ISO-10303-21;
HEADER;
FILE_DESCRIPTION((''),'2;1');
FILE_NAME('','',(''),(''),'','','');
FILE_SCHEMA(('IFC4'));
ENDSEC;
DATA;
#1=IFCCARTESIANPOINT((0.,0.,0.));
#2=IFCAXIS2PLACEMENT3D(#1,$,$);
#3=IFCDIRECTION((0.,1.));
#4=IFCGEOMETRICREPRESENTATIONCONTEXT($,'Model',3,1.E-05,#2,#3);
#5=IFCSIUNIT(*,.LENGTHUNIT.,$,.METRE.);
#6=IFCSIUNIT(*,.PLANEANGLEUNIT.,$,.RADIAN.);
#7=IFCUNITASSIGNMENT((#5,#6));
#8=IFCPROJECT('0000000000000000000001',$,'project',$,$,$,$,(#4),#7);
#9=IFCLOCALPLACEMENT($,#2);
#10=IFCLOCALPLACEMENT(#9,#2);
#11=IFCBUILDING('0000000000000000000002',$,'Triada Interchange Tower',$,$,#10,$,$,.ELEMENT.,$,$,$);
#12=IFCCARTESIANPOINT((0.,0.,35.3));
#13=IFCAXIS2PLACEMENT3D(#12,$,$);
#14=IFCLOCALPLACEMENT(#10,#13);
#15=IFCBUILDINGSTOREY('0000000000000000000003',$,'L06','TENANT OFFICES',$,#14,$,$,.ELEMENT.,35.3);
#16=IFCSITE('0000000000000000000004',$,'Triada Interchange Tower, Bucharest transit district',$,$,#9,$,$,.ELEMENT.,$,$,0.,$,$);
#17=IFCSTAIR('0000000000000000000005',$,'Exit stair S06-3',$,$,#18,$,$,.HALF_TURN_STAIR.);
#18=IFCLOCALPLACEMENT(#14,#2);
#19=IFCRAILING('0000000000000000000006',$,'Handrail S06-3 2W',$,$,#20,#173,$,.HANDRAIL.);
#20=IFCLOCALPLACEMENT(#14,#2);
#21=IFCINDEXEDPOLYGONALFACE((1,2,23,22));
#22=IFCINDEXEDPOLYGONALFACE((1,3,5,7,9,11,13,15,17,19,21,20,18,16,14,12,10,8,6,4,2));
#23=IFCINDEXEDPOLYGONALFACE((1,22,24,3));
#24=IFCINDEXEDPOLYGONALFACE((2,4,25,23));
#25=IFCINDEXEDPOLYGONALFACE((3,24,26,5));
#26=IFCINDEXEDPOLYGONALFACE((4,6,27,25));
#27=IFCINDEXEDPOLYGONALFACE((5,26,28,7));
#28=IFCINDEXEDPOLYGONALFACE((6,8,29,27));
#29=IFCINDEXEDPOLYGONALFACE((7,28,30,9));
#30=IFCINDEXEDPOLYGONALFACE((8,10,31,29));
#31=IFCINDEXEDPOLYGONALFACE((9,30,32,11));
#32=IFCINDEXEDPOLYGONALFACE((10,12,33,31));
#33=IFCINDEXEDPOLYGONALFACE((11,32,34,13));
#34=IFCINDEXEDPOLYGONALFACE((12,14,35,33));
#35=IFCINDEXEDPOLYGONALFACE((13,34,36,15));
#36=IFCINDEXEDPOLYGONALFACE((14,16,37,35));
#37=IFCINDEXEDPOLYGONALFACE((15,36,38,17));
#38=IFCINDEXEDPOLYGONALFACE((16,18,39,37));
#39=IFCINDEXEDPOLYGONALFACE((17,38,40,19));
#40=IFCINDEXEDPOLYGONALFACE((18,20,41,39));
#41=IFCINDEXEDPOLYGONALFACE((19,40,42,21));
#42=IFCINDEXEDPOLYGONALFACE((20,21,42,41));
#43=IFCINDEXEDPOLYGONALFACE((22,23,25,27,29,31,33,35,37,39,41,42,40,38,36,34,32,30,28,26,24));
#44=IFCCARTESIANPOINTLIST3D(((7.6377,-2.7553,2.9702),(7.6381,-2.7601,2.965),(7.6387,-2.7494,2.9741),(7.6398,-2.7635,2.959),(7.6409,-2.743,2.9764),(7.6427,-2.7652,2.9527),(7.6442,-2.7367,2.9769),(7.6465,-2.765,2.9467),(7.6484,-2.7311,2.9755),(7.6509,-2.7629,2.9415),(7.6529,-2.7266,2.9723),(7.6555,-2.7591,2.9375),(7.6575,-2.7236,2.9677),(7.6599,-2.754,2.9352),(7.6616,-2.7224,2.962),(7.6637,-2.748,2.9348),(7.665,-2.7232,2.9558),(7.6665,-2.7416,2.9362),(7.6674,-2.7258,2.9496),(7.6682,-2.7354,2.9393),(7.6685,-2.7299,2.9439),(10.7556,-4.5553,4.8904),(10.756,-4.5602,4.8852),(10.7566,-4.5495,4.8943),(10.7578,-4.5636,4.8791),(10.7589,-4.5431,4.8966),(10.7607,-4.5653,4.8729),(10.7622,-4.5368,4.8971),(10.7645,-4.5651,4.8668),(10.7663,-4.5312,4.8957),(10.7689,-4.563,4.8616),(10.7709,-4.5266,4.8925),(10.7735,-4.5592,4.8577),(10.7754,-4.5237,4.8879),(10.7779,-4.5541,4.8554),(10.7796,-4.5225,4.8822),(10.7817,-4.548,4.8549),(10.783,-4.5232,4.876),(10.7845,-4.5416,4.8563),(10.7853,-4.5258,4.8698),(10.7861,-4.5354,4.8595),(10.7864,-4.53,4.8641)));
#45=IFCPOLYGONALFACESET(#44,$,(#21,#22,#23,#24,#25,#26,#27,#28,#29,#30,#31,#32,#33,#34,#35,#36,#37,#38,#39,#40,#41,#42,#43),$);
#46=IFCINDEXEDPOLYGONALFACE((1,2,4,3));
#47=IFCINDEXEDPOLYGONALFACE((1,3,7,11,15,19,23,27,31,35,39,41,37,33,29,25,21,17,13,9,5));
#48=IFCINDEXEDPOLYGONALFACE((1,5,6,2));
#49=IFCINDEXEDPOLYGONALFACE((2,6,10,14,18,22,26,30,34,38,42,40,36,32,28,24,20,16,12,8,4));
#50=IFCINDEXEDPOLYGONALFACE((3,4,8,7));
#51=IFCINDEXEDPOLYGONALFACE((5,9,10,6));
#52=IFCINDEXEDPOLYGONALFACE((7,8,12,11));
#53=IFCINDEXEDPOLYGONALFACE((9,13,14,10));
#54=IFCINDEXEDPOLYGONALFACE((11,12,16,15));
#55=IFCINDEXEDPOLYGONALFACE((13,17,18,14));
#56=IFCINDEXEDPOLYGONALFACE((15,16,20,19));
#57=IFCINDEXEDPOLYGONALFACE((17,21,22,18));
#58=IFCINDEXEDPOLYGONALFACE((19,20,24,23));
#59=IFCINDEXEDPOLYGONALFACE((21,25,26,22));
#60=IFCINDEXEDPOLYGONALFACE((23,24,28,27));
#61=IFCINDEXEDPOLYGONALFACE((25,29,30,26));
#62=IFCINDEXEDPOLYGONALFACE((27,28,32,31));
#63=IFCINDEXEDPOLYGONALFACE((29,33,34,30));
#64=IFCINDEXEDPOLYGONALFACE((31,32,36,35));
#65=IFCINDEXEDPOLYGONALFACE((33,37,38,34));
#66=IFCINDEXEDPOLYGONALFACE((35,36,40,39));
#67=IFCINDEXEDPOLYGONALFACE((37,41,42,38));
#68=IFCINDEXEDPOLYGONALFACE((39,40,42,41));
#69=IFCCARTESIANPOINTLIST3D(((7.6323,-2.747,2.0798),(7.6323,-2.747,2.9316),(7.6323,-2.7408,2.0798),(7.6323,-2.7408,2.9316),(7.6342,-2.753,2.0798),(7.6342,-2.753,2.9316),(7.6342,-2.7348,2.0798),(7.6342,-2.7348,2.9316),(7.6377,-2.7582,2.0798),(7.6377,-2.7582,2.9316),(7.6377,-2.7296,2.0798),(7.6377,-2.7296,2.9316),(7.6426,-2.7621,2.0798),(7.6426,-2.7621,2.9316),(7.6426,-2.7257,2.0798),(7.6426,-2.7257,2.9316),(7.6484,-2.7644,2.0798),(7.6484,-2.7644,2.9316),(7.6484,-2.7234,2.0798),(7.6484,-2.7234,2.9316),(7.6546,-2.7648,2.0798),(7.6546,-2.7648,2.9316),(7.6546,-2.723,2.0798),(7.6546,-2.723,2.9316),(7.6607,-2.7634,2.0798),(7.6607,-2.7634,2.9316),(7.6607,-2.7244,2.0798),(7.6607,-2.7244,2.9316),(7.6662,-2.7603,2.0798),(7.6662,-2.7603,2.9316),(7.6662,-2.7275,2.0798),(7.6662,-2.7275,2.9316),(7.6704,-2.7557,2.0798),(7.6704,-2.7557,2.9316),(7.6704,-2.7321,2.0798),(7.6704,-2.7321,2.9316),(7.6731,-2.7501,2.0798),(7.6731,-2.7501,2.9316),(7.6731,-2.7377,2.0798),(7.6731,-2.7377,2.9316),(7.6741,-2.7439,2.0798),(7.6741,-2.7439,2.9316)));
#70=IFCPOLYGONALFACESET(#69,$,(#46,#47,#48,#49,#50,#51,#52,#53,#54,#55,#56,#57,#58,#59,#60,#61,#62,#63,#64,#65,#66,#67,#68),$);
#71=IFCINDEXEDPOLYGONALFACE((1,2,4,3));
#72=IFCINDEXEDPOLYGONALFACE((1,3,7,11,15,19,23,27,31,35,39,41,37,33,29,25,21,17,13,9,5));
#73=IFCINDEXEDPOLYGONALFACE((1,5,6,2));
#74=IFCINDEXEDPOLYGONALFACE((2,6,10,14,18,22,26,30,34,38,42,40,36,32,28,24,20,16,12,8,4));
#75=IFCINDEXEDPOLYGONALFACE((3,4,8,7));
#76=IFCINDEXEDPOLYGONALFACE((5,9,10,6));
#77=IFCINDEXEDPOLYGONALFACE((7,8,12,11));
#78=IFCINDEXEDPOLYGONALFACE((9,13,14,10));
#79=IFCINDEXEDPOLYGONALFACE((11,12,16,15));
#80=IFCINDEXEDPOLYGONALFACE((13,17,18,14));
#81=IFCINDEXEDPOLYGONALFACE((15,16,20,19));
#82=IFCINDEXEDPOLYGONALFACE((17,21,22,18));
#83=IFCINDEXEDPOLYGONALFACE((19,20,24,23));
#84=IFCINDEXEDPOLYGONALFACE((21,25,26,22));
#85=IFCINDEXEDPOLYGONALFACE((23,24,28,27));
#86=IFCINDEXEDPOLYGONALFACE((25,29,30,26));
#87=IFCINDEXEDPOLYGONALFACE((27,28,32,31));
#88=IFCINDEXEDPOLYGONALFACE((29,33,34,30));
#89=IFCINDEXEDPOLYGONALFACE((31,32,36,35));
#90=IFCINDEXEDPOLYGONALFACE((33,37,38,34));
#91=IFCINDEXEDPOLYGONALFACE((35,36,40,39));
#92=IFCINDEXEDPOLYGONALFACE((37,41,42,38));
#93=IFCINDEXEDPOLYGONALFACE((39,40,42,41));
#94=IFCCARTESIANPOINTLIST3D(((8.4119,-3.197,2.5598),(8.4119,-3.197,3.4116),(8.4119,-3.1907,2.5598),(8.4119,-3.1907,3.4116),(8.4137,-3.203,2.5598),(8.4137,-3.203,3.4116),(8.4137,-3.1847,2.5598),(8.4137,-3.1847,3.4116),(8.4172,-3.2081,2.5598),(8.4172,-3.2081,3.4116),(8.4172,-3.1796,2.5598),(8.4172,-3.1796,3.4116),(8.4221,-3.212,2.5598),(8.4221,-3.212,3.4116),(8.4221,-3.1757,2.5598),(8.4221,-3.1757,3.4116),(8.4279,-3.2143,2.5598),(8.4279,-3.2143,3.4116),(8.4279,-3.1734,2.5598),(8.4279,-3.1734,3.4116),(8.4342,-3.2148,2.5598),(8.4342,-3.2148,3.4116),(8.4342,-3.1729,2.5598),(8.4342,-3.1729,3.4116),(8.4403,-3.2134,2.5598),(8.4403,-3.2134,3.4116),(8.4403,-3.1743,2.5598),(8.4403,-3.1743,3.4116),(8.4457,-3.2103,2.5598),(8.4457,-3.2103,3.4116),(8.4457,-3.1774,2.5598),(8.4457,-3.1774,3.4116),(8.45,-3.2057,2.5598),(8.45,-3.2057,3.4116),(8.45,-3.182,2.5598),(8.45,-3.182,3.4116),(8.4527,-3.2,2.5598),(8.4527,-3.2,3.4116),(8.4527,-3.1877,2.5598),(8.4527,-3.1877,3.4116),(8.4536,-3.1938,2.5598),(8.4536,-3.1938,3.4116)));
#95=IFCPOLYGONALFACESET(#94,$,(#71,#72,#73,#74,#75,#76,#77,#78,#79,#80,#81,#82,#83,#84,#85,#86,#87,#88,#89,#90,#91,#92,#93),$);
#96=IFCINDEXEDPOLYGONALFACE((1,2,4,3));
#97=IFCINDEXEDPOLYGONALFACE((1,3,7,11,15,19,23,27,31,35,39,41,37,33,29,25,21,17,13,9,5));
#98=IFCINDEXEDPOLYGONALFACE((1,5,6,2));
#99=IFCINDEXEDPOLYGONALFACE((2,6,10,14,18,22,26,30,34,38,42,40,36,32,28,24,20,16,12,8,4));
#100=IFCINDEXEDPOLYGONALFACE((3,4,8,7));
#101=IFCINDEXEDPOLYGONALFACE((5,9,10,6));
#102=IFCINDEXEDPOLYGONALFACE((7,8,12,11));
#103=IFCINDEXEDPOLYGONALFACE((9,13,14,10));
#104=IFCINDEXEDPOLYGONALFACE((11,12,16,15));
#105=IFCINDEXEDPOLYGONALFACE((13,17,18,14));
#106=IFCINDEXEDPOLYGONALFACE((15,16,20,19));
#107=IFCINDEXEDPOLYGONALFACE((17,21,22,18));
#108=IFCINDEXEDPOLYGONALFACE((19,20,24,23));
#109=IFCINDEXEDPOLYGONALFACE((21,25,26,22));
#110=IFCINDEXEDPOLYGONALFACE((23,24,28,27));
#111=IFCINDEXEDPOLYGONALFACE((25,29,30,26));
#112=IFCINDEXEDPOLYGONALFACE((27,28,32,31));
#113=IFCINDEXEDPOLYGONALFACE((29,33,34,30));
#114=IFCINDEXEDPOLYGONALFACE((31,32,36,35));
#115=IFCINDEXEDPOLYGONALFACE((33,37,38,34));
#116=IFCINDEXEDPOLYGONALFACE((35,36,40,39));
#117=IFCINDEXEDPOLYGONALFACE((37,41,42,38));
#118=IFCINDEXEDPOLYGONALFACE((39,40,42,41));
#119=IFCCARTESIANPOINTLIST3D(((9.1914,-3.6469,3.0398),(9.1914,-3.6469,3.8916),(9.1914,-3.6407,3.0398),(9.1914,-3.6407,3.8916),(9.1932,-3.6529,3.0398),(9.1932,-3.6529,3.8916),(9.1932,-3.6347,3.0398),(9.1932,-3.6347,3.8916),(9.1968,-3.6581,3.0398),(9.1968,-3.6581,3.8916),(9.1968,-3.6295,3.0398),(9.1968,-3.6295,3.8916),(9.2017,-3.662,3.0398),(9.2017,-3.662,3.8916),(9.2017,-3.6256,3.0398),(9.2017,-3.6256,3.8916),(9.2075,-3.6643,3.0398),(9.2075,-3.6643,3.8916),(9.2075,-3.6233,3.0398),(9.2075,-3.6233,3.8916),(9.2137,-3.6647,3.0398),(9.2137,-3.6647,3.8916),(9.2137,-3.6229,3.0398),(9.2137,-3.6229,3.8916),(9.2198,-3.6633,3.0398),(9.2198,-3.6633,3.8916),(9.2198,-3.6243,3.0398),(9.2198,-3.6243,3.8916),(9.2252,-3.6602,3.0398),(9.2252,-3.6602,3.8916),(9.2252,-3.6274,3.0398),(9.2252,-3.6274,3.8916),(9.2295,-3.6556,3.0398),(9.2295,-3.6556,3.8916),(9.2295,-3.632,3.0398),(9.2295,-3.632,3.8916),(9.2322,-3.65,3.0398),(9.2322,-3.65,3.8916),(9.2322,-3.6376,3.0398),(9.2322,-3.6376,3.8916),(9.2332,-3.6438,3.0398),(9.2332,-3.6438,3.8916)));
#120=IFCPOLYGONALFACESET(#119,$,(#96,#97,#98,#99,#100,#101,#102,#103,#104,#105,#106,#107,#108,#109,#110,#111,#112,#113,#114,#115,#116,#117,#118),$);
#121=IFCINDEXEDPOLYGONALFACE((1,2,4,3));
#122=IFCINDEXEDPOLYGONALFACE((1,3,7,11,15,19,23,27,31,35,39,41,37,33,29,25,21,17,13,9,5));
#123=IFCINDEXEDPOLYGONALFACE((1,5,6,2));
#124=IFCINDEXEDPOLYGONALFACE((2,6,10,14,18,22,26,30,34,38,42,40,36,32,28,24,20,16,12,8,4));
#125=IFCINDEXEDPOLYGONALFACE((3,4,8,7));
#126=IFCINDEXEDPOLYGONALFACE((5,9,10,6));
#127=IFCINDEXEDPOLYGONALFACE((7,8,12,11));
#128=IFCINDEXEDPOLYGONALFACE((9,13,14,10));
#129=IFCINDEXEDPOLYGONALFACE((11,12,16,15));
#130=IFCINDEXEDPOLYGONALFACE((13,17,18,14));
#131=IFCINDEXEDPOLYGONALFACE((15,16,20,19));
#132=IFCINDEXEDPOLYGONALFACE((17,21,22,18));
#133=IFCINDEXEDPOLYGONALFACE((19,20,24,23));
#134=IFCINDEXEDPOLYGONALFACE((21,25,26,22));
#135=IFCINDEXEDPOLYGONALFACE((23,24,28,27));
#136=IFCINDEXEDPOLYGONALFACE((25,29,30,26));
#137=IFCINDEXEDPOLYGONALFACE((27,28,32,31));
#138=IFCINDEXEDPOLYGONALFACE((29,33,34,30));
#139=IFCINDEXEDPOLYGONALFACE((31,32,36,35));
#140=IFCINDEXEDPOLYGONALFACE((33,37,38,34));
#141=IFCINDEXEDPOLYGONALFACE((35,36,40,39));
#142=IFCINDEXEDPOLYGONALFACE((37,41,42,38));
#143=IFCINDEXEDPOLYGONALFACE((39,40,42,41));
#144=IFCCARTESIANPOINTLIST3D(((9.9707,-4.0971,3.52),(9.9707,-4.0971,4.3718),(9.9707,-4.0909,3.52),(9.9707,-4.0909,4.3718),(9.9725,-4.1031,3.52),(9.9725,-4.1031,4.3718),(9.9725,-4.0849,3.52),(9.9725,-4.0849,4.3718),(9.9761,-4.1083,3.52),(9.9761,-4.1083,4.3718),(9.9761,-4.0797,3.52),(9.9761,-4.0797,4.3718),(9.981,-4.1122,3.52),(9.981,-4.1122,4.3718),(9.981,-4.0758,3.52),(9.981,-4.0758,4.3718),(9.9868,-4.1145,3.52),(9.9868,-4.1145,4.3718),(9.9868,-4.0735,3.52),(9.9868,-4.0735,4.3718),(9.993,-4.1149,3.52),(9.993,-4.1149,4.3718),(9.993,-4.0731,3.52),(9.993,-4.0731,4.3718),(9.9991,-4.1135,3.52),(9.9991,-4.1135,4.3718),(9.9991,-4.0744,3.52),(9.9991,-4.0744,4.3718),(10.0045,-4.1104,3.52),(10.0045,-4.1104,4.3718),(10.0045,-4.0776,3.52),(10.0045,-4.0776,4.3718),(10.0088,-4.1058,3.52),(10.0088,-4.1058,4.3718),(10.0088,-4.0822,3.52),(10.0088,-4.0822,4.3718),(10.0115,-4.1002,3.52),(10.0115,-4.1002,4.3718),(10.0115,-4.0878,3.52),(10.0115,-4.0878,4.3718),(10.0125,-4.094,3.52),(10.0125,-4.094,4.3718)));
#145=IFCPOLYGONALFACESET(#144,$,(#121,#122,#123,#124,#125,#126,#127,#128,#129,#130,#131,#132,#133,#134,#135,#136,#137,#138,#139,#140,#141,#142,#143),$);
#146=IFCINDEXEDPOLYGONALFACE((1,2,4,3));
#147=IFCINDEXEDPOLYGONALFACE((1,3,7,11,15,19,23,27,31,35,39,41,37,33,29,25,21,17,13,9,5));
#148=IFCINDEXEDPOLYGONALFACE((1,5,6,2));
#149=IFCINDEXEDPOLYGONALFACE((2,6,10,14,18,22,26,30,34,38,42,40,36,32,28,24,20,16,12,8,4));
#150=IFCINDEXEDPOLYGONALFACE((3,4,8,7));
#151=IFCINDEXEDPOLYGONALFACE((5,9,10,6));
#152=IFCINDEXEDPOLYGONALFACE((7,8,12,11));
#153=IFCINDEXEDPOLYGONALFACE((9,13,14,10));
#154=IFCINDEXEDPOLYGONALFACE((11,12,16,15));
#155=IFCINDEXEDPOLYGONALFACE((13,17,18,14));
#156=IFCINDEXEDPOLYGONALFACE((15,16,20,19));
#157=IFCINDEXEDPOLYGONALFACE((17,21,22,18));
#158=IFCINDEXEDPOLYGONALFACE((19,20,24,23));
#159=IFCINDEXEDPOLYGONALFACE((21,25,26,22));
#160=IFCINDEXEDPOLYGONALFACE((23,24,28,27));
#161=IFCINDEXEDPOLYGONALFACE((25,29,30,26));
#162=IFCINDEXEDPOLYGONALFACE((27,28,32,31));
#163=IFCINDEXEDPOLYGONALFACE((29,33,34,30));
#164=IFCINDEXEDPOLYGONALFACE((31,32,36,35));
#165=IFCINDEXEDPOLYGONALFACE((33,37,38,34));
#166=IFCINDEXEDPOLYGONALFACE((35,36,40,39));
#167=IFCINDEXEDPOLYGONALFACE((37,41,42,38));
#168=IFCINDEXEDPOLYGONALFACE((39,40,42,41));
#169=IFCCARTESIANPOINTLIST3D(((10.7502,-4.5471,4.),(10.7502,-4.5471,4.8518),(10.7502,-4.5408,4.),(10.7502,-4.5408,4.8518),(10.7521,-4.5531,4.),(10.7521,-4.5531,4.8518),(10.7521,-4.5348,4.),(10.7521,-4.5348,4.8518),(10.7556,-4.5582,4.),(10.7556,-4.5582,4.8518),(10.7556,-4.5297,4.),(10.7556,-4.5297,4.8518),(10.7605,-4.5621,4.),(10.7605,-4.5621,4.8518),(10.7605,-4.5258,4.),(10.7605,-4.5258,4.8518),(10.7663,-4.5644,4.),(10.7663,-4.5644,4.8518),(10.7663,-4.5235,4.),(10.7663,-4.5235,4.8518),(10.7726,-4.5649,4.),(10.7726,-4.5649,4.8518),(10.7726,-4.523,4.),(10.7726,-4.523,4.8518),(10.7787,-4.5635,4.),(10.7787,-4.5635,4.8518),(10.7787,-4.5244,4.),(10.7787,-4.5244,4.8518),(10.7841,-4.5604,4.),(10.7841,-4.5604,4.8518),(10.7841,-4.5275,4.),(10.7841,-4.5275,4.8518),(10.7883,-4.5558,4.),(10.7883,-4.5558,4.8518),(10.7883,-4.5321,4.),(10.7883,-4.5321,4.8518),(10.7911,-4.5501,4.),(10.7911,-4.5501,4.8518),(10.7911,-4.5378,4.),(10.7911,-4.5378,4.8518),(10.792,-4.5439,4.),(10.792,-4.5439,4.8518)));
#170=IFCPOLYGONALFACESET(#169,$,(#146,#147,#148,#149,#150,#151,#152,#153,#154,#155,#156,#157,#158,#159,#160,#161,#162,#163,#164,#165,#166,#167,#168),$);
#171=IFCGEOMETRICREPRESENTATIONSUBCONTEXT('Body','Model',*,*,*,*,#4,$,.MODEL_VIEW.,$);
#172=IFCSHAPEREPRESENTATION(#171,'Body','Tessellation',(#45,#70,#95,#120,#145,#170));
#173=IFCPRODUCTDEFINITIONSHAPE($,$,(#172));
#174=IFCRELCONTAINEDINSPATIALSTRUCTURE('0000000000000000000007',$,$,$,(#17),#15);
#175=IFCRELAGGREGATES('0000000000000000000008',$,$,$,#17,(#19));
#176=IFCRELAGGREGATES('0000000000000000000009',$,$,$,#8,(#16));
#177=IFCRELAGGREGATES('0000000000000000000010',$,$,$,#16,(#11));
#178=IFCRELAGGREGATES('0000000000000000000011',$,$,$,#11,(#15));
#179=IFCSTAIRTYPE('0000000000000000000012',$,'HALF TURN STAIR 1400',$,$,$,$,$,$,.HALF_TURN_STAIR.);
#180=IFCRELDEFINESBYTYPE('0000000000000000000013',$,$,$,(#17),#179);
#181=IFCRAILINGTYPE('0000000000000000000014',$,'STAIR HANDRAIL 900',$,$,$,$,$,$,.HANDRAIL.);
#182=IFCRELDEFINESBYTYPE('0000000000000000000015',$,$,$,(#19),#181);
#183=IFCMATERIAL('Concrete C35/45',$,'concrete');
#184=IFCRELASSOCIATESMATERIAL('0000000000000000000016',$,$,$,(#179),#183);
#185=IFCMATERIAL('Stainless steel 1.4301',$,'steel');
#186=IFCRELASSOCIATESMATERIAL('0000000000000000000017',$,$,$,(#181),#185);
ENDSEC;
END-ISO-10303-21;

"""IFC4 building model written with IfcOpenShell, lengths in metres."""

from ifc_helpers import new_model, si_unit, direction, frame, origin, origin_2d, place, context, subcontext, project, spatial, circle, extrude, material, type_object, element, aggregate, save


model = new_model("IFC4")

# Units and contexts
model_context = context("Model", 3, precision=1e-05, world=origin(), true_north=direction((0.0, 1.0)))
body_context = subcontext(model_context, "Body", "Model", "MODEL_VIEW")
ifc_project = project(units=[si_unit("LENGTHUNIT", "METRE"), si_unit("PLANEANGLEUNIT", "RADIAN")], contexts=[model_context])

# Site, building, storey
site_placement = place(None, origin())
site = spatial("IfcSite", under=ifc_project, at=site_placement, Name="Triada Interchange Tower, Bucharest transit district", CompositionType="ELEMENT", RefElevation=0.0)
building_placement = place(site_placement, origin())
building = spatial("IfcBuilding", under=site, at=building_placement, Name="Triada Interchange Tower", CompositionType="ELEMENT")
storey_placement = place(building_placement, frame((0.0, 0.0, 35.3)))
storey = spatial("IfcBuildingStorey", under=building, at=storey_placement, Name="L06", Description="TENANT OFFICES", CompositionType="ELEMENT", Elevation=35.3)

# Stair, railing
ifc_material_1 = material(Name="Concrete C35/45", Category="concrete")
stair_type = type_object("IfcStairType", Name="HALF TURN STAIR 1400", PredefinedType="HALF_TURN_STAIR", material=ifc_material_1)
stair_placement = place(storey_placement, origin())
stair = element("IfcStair", 1, at=stair_placement, inside=storey, type_object=stair_type, Name="Exit stair S06-3", PredefinedType="HALF_TURN_STAIR")
ifc_material_2 = material(Name="Stainless steel 1.4301", Category="steel")
railing_type = type_object("IfcRailingType", Name="STAIR HANDRAIL 900", PredefinedType="HANDRAIL", material=ifc_material_2)
railing_1_placement = place(storey_placement, frame((7.6531, -2.7439, 2.0798)))
railing_1 = element("IfcRailing", 2, at=railing_1_placement, type_object=railing_type, Name="Handrail S06-3 2W", PredefinedType="HANDRAIL", context=body_context, shape_type="SweptSolid", body=[
    extrude(circle(Radius=0.0239, at=origin_2d()), frame((0.0, 0.0, 0.876), z_axis=(0.764145, -0.441159, 0.470597), x_axis=(0.499983, 0.866035, 0.0)), (0.0, 0.0, 1.0), 4.0803),
    extrude(circle(Radius=0.021, at=origin_2d()), origin(), (0.0, 0.0, 1.0), 0.8518),
    extrude(circle(Radius=0.021, at=origin_2d()), frame((0.7795, -0.45, 0.48)), (0.0, 0.0, 1.0), 0.8518),
    extrude(circle(Radius=0.021, at=origin_2d()), frame((1.5591, -0.8999, 0.96)), (0.0, 0.0, 1.0), 0.8518),
    extrude(circle(Radius=0.021, at=origin_2d()), frame((2.3384, -1.3501, 1.4402)), (0.0, 0.0, 1.0), 0.8518),
    extrude(circle(Radius=0.021, at=origin_2d()), frame((3.1179, -1.8, 1.9202)), (0.0, 0.0, 1.0), 0.8518),
])
aggregate(stair, [railing_1])

save(model, "model.ifc")
